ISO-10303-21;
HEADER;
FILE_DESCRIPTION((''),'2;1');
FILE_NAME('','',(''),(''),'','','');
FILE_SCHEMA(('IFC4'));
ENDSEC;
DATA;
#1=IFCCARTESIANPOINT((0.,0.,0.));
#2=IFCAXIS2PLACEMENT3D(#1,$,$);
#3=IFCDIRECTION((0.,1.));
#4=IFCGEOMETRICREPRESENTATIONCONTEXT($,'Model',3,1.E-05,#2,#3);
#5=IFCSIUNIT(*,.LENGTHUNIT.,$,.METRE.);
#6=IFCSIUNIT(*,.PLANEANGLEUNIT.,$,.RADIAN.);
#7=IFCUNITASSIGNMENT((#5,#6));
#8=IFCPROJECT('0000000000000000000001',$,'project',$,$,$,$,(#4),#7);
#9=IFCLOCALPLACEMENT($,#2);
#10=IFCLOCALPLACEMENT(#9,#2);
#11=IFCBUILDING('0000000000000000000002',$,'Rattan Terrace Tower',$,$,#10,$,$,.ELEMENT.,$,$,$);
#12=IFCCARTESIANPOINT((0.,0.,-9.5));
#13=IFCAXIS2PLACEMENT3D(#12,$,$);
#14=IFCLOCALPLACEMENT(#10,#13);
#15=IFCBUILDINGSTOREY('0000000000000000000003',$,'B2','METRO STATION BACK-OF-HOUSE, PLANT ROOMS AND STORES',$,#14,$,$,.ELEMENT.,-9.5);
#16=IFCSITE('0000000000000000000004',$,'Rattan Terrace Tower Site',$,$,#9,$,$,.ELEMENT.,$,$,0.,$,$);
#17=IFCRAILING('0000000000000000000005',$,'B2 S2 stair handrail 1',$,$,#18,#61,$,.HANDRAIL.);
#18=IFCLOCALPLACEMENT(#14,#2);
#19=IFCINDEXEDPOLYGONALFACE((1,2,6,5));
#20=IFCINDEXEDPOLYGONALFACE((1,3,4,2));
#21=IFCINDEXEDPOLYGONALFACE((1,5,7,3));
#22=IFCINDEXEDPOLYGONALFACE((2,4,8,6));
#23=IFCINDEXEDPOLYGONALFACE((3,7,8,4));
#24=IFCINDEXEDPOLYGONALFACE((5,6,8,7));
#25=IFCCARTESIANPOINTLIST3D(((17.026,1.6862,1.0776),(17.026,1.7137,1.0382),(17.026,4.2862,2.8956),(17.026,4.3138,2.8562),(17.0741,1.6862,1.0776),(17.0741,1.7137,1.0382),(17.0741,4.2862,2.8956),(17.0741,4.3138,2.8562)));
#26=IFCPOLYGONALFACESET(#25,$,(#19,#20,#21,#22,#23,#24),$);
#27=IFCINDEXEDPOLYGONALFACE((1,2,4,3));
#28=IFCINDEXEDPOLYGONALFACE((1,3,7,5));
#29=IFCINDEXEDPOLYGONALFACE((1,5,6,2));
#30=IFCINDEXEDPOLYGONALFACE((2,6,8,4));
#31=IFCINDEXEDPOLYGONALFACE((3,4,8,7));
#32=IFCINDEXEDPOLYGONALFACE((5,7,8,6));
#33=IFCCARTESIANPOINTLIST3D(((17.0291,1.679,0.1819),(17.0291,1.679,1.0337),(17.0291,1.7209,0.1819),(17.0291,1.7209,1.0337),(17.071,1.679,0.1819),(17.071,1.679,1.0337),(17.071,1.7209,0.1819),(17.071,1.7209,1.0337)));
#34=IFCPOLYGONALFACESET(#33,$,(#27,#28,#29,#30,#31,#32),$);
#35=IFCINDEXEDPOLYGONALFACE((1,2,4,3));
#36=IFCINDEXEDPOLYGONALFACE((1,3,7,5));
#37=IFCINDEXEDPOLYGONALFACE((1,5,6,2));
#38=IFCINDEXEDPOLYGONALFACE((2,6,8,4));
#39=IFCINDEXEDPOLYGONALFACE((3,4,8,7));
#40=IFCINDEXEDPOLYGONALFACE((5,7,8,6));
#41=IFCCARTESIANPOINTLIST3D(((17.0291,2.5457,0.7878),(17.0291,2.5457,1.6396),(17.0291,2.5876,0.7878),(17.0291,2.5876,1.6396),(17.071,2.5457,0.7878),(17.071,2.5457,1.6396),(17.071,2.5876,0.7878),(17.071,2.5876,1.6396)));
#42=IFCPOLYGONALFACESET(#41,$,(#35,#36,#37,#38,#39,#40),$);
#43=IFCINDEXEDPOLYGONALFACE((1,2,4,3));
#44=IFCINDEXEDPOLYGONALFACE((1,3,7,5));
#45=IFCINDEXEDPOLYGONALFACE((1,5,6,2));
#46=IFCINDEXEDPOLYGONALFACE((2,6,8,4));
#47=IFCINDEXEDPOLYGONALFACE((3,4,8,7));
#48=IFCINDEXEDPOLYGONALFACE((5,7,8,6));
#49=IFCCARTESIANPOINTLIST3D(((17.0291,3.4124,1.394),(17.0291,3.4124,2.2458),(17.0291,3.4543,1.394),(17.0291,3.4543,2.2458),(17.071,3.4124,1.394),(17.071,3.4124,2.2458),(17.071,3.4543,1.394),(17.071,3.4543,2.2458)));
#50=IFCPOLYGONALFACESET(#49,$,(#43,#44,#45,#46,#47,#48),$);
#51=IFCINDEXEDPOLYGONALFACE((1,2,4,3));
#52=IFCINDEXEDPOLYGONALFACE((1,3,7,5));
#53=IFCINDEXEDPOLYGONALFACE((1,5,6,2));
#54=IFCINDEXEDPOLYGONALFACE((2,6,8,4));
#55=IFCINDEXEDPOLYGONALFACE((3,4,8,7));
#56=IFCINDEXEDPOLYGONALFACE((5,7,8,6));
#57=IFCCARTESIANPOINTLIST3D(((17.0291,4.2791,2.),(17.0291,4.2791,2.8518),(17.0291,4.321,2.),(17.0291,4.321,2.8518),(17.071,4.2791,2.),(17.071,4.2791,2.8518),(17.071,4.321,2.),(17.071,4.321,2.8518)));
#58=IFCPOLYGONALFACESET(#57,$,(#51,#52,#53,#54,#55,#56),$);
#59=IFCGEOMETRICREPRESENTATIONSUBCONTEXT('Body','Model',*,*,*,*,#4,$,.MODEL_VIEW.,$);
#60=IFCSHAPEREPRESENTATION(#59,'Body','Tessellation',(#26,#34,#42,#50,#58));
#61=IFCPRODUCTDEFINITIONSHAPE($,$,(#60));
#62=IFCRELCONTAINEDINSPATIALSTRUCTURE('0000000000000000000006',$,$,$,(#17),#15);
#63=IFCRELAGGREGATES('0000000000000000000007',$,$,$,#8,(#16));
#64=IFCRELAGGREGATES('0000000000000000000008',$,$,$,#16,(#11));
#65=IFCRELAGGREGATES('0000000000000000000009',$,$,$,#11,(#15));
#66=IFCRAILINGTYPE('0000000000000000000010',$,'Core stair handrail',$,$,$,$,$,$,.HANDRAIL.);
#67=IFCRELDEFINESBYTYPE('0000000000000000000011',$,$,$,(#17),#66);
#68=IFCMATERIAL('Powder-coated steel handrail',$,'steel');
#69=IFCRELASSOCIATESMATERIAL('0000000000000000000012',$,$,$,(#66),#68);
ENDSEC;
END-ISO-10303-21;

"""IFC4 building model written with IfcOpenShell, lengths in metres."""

from ifc_helpers import new_model, si_unit, direction, frame, origin, origin_2d, place, context, subcontext, project, spatial, rectangle, extrude, material, type_object, element, save


model = new_model("IFC4")

# Units and contexts
model_context = context("Model", 3, precision=1e-05, world=origin(), true_north=direction((0.0, 1.0)))
body_context = subcontext(model_context, "Body", "Model", "MODEL_VIEW")
ifc_project = project(units=[si_unit("LENGTHUNIT", "METRE"), si_unit("PLANEANGLEUNIT", "RADIAN")], contexts=[model_context])

# Site, building, storey
site_placement = place(None, origin())
site = spatial("IfcSite", under=ifc_project, at=site_placement, Name="Rattan Terrace Tower Site", CompositionType="ELEMENT", RefElevation=0.0)
building_placement = place(site_placement, origin())
building = spatial("IfcBuilding", under=site, at=building_placement, Name="Rattan Terrace Tower", CompositionType="ELEMENT")
storey_placement = place(building_placement, frame((0.0, 0.0, -9.5)))
storey = spatial("IfcBuildingStorey", under=building, at=storey_placement, Name="B2", Description="METRO STATION BACK-OF-HOUSE, PLANT ROOMS AND STORES", CompositionType="ELEMENT", Elevation=-9.5)

# Railing
ifc_material_1 = material(Name="Powder-coated steel handrail", Category="steel")
railing_type_1 = type_object("IfcRailingType", Name="Core stair handrail", PredefinedType="HANDRAIL", material=ifc_material_1)
railing_1_placement = place(storey_placement, frame((17.05, 1.7, 0.1819)))
element("IfcRailing", 1, at=railing_1_placement, inside=storey, type_object=railing_type_1, Name="B2 S2 stair handrail 1", PredefinedType="HANDRAIL", context=body_context, shape_type="SweptSolid", body=[
    extrude(rectangle(XDim=0.0481, YDim=0.0481, at=origin_2d()), frame((0.0, 0.0, 0.876), z_axis=(0.0, 0.819521, 0.573049), x_axis=(-1.0, 0.0, 0.0)), (0.0, 0.0, 1.0), 3.1726),
    extrude(rectangle(XDim=0.042, YDim=0.042, at=origin_2d()), origin(), (0.0, 0.0, 1.0), 0.8518),
    extrude(rectangle(XDim=0.042, YDim=0.042, at=origin_2d()), frame((0.0, 0.8667, 0.606)), (0.0, 0.0, 1.0), 0.8518),
    extrude(rectangle(XDim=0.042, YDim=0.042, at=origin_2d()), frame((0.0, 1.7334, 1.2122)), (0.0, 0.0, 1.0), 0.8518),
    extrude(rectangle(XDim=0.042, YDim=0.042, at=origin_2d()), frame((0.0, 2.6001, 1.8181)), (0.0, 0.0, 1.0), 0.8518),
])

save(model, "model.ifc")
